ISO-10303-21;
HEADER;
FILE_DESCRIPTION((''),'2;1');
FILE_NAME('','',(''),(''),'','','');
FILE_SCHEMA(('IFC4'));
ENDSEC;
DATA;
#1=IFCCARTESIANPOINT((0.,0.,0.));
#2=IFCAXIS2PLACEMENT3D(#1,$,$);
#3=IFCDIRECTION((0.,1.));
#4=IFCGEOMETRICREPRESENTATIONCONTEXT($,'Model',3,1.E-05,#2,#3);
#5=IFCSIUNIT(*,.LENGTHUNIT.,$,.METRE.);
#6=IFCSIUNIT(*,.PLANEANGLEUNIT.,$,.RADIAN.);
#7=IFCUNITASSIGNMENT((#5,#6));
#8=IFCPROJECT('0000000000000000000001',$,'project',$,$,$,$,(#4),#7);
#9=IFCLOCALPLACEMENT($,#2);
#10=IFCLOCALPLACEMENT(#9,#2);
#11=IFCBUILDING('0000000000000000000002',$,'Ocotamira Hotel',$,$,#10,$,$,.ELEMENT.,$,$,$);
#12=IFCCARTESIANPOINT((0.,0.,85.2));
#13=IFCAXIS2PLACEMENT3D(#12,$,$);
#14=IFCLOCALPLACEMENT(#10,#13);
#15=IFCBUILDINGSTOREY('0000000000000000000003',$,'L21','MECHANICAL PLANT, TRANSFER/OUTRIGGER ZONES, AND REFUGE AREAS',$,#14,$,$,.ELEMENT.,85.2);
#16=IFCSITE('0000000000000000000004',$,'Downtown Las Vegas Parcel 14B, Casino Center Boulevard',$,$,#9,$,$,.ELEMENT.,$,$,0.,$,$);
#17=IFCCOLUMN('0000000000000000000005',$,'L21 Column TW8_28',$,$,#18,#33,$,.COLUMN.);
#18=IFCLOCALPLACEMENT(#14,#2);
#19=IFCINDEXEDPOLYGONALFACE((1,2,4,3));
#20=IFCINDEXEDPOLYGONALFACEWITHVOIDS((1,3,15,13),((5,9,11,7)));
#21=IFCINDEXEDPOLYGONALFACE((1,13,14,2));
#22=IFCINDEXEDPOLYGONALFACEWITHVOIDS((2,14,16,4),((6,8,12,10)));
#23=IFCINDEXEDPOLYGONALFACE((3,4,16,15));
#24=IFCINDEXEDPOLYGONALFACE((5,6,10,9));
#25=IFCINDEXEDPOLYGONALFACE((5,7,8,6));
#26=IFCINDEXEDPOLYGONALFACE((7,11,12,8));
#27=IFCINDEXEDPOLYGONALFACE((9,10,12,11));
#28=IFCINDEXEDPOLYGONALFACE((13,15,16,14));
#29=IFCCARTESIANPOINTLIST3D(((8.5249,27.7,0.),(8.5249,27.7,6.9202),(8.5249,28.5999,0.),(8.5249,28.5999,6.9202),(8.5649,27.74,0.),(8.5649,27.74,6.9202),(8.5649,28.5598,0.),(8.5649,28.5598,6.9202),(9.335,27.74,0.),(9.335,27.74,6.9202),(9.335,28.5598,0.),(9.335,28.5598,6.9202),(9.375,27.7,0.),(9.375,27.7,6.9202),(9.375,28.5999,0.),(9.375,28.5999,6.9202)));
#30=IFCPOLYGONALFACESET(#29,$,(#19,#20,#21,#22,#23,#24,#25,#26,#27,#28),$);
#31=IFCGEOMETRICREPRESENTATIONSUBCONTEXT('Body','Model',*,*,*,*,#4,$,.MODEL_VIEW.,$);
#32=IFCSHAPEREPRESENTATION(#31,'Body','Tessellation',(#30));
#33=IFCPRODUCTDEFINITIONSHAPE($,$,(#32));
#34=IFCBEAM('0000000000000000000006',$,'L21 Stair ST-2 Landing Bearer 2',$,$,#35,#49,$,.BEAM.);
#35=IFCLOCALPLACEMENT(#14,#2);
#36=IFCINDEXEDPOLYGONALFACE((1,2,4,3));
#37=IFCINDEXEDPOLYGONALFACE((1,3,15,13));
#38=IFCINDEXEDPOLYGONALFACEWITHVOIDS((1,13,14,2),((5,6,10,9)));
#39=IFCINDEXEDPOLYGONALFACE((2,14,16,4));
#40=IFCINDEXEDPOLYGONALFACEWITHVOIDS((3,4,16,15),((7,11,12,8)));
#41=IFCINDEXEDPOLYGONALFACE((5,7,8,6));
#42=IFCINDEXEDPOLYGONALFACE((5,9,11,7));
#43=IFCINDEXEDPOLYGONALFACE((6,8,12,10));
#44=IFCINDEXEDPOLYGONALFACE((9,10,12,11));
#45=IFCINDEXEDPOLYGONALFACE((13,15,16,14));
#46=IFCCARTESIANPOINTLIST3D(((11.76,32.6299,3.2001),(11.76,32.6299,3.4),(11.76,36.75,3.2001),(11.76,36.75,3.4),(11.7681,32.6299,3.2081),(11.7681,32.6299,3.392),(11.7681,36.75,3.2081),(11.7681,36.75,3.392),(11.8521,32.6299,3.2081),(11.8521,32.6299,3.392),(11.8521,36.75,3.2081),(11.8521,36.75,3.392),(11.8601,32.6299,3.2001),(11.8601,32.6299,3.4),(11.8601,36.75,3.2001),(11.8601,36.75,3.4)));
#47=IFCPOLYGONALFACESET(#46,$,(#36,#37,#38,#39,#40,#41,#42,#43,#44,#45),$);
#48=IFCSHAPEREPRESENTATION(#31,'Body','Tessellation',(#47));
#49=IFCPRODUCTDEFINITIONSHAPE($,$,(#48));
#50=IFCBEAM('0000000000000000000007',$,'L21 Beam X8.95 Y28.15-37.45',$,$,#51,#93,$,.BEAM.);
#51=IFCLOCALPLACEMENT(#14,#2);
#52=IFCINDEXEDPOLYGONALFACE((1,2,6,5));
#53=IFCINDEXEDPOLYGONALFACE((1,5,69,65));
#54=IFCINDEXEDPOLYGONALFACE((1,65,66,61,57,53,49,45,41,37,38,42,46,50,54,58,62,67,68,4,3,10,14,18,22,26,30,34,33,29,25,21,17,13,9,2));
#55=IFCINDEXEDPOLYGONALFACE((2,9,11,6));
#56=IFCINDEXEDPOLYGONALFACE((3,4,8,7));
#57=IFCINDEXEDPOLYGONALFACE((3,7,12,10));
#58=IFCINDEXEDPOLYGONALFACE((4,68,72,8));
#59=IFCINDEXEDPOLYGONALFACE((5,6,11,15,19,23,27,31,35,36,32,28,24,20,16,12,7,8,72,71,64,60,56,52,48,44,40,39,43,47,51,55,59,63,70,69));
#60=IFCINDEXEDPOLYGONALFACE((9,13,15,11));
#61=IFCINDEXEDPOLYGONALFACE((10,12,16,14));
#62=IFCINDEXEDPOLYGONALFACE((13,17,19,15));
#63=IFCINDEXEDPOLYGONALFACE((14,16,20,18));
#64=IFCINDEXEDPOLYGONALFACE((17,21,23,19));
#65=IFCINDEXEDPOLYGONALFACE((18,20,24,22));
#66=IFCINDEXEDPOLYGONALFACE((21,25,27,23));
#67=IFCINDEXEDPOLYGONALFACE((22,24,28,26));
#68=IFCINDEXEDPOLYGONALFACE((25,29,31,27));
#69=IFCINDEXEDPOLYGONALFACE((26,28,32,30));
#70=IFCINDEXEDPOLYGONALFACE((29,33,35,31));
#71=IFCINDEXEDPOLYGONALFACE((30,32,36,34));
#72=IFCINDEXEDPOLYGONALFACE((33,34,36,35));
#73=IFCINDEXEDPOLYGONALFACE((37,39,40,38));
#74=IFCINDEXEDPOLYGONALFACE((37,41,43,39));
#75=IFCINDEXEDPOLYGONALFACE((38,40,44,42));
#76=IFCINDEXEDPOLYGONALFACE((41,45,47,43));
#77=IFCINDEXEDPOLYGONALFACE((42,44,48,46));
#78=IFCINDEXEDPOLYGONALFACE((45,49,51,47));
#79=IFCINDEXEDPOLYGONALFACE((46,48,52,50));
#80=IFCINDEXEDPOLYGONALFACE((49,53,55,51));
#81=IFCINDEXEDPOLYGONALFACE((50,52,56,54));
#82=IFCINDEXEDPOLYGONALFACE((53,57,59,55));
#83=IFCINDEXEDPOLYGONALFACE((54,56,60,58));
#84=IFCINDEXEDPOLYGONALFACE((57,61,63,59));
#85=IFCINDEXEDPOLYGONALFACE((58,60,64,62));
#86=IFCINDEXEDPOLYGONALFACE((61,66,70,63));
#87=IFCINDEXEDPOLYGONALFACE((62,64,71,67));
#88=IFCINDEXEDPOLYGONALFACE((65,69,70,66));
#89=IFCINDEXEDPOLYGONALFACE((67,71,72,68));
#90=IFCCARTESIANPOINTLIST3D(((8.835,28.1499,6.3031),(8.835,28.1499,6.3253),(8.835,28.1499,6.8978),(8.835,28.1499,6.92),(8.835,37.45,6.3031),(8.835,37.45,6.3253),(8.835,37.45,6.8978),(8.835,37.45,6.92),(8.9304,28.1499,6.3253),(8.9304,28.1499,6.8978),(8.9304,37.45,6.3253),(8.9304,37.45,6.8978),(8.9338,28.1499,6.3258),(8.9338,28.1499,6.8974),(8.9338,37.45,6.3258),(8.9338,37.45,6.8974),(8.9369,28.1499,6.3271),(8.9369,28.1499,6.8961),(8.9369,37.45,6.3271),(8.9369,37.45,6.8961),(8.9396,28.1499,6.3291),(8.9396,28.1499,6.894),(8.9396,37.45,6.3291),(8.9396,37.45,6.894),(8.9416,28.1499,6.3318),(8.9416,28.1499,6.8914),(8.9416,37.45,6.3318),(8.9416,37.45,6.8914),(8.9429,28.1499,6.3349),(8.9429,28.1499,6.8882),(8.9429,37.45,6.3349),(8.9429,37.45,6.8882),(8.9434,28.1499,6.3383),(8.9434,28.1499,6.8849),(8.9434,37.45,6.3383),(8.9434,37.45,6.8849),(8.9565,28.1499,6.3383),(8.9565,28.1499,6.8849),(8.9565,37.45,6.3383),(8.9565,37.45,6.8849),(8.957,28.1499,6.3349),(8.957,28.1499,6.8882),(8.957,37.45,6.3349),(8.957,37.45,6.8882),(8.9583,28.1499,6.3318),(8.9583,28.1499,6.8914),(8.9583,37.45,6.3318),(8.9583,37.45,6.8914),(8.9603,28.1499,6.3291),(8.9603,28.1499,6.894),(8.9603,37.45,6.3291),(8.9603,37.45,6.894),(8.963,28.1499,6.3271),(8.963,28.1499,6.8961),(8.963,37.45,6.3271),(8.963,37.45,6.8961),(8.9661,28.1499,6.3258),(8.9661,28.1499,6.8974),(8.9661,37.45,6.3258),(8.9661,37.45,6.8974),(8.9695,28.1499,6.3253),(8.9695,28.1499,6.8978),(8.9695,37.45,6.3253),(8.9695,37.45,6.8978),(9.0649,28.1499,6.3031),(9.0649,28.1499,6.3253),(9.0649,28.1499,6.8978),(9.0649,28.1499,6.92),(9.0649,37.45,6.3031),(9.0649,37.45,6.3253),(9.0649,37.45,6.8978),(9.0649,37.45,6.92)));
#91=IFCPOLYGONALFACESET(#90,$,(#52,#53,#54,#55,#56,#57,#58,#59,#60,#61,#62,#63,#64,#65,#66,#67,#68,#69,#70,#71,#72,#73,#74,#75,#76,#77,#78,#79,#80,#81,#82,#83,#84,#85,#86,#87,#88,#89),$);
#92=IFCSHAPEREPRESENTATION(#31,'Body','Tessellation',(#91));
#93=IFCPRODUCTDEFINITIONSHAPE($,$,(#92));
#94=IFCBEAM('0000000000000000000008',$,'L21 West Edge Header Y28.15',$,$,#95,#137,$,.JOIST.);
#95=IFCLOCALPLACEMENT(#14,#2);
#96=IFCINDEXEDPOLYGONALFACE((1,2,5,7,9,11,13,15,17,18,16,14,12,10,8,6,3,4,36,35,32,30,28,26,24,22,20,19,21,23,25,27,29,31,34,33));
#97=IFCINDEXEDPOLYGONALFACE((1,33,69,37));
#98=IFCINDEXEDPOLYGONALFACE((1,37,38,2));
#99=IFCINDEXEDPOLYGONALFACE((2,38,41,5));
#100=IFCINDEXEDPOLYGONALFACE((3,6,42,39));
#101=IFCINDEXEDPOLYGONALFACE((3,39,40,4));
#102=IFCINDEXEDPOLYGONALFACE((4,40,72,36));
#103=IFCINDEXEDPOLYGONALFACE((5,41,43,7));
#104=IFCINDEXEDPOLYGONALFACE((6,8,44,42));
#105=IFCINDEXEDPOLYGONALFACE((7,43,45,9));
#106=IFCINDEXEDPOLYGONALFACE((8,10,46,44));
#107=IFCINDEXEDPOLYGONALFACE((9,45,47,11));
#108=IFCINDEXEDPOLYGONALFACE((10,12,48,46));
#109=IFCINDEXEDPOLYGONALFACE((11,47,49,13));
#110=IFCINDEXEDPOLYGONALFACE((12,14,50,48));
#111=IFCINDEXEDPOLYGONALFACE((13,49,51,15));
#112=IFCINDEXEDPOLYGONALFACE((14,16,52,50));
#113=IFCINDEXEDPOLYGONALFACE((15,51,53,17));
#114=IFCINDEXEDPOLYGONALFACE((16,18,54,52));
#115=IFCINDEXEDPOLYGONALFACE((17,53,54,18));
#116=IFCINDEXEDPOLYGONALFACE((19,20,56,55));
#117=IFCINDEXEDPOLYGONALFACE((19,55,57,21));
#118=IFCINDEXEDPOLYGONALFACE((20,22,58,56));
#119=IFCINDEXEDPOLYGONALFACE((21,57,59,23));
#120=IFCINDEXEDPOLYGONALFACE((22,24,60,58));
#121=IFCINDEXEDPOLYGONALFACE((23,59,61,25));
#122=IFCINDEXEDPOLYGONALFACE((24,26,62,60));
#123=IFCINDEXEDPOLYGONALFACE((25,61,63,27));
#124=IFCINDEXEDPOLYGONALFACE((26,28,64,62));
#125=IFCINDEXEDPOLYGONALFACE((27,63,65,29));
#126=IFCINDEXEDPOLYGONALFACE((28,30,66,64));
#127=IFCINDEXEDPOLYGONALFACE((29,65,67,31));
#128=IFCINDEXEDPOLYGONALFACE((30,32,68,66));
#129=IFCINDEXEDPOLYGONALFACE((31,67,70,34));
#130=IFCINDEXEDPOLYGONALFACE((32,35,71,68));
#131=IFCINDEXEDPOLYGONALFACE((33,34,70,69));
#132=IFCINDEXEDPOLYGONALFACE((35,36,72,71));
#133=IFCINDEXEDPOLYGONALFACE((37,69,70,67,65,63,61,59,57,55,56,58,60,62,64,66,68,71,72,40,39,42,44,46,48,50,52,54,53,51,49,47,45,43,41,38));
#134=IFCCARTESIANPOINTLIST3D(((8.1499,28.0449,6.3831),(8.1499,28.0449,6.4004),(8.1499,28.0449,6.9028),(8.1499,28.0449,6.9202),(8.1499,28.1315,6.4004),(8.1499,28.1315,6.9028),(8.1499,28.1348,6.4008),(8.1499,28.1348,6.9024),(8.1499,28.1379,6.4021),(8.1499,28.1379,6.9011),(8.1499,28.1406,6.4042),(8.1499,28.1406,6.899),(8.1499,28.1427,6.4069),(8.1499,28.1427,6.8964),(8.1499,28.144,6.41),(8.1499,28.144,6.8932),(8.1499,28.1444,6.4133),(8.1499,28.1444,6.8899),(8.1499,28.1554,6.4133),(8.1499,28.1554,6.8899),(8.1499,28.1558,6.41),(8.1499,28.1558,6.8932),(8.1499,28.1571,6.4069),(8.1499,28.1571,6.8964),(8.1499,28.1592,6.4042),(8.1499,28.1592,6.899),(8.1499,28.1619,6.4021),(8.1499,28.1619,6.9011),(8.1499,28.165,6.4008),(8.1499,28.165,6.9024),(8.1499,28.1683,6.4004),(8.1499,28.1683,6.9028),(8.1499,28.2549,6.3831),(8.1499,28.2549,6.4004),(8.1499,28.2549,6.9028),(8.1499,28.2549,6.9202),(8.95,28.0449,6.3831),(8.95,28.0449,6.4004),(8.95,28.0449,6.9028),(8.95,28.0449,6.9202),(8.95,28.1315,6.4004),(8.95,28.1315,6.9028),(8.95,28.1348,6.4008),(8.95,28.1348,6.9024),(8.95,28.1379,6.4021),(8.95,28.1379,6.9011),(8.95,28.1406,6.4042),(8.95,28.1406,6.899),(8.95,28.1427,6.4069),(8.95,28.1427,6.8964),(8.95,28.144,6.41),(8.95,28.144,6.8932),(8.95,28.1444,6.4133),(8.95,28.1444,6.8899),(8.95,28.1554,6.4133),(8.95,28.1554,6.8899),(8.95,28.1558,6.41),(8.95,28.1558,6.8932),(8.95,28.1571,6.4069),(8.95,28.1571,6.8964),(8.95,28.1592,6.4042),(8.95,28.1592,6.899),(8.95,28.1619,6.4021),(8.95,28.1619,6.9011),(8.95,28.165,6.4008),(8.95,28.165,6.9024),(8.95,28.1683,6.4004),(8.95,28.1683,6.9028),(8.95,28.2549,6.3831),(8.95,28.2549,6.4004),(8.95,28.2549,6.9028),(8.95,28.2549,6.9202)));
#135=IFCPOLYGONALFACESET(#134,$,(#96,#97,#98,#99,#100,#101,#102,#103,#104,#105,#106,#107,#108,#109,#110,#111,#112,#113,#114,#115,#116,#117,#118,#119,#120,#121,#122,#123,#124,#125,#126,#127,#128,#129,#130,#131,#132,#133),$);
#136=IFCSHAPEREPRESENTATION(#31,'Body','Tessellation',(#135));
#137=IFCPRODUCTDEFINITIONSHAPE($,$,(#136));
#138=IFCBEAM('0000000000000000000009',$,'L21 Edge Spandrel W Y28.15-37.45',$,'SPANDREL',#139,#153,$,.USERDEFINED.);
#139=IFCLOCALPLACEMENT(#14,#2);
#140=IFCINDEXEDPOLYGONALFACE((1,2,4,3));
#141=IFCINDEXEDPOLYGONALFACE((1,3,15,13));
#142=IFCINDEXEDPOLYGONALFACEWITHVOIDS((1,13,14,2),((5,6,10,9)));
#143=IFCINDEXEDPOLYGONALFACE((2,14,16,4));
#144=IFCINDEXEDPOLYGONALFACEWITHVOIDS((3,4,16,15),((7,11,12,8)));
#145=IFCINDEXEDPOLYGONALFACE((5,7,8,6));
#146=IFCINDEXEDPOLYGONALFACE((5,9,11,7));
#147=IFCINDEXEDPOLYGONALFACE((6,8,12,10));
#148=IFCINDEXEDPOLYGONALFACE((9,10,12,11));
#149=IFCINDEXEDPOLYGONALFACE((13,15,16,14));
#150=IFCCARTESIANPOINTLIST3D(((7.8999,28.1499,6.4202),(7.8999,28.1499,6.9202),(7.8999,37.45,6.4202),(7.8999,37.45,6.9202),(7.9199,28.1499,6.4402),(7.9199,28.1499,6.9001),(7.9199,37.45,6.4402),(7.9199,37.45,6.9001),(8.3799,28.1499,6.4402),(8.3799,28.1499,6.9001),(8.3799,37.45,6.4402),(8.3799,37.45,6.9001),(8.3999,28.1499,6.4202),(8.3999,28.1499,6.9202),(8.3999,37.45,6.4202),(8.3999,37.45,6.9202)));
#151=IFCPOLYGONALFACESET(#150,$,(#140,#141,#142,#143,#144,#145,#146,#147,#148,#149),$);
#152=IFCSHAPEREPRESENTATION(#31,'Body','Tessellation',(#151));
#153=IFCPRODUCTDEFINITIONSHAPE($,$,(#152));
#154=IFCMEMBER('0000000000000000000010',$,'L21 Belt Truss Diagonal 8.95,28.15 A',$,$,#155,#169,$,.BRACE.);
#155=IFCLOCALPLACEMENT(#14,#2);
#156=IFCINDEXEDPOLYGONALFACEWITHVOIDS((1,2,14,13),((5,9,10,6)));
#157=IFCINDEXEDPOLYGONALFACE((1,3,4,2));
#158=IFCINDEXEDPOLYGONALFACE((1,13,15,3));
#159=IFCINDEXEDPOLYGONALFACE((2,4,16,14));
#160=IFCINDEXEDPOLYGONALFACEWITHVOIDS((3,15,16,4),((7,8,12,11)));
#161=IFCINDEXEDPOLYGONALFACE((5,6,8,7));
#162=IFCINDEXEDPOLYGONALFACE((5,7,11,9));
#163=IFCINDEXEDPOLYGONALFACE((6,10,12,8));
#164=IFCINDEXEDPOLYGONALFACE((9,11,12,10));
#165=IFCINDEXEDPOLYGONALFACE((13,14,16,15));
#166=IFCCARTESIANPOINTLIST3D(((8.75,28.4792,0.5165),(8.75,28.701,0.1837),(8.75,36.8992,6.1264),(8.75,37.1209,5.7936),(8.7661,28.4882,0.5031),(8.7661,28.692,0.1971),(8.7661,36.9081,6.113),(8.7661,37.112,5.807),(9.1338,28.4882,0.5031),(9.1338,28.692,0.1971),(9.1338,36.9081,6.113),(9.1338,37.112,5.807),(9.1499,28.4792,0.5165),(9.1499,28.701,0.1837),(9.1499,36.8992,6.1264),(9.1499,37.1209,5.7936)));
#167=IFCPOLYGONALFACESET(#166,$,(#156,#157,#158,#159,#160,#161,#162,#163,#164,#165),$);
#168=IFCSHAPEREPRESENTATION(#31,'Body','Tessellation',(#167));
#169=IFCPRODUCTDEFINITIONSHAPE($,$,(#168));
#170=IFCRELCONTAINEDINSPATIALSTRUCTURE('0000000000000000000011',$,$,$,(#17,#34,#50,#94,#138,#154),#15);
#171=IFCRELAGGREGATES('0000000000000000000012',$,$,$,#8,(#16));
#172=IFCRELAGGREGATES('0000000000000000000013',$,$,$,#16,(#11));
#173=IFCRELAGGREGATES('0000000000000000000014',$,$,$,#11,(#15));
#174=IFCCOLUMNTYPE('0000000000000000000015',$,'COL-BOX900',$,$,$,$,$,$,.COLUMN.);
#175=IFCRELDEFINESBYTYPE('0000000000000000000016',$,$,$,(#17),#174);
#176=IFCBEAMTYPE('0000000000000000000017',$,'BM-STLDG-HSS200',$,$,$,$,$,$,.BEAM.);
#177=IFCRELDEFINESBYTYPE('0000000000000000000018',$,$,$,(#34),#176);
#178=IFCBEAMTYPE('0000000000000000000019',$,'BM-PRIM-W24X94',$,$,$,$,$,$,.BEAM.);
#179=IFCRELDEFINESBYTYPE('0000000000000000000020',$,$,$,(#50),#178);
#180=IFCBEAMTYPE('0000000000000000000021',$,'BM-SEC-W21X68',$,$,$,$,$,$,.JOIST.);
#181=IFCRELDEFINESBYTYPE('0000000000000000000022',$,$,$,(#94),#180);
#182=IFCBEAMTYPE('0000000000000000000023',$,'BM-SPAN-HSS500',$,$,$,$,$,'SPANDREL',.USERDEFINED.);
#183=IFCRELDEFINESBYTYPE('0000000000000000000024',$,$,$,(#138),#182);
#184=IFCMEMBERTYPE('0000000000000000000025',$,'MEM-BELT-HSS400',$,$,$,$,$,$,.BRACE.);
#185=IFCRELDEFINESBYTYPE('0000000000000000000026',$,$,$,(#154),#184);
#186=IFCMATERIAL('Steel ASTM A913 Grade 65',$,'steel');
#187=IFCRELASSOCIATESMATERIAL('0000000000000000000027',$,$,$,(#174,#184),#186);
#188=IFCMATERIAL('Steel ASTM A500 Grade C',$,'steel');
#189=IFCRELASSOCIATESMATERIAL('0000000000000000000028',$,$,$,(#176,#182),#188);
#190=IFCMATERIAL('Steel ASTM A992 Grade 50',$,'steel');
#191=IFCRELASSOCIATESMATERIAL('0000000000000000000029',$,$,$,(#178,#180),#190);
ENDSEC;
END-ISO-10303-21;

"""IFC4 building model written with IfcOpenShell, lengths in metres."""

from ifc_helpers import new_model, si_unit, direction, frame, origin, origin_2d, place, context, subcontext, project, spatial, hollow_rectangle, i_section, extrude, source, transform, mapped, material, material_profile, profile_set, type_object, element, save


model = new_model("IFC4")

# Units and contexts
model_context = context("Model", 3, precision=1e-05, world=origin(), true_north=direction((0.0, 1.0)))
body_context = subcontext(model_context, "Body", "Model", "MODEL_VIEW")
ifc_project = project(units=[si_unit("LENGTHUNIT", "METRE"), si_unit("PLANEANGLEUNIT", "RADIAN")], contexts=[model_context])

# Site, building, storey
site_placement = place(None, origin())
site = spatial("IfcSite", under=ifc_project, at=site_placement, Name="Downtown Las Vegas Parcel 14B, Casino Center Boulevard", CompositionType="ELEMENT", RefElevation=0.0)
building_placement = place(site_placement, origin())
building = spatial("IfcBuilding", under=site, at=building_placement, Name="Ocotamira Hotel", CompositionType="ELEMENT")
storey_placement = place(building_placement, frame((0.0, 0.0, 85.2)))
storey = spatial("IfcBuildingStorey", under=building, at=storey_placement, Name="L21", Description="MECHANICAL PLANT, TRANSFER/OUTRIGGER ZONES, AND REFUGE AREAS", CompositionType="ELEMENT", Elevation=85.2)

# Column
ifc_material_1 = material(Name="Steel ASTM A913 Grade 65", Category="steel")
ifc_material_profile_1 = material_profile(ifc_material_1, hollow_rectangle(XDim=0.8501, YDim=0.8999, WallThickness=0.04, at=origin_2d()), Name="BOX900X850X40")
ifc_profile_set_1 = profile_set([ifc_material_profile_1], Name="Steel ASTM A913 Grade 65")
column_type = type_object("IfcColumnType", Name="COL-BOX900", PredefinedType="COLUMN", material=ifc_profile_set_1)
shared_shape_1 = source(origin(), body_context, "Body", "SweptSolid", [
    extrude(hollow_rectangle(XDim=0.8501, YDim=0.8999, WallThickness=0.04, at=origin_2d()), origin(), (0.0, 0.0, 1.0), 6.9202),
])
column_placement = place(storey_placement, frame((8.95, 28.1499, 0.0), z_axis=(0.0, 0.0, 1.0), x_axis=(1.0, 0.0, 0.0)))
element("IfcColumn", 1, at=column_placement, inside=storey, type_object=column_type, Name="L21 Column TW8_28", PredefinedType="COLUMN", context=body_context, shape_type="MappedRepresentation", body=[
    mapped(shared_shape_1, transform((0.0, 0.0, 0.0), scale=1.0)),
])

# Beams
ifc_material_2 = material(Name="Steel ASTM A500 Grade C", Category="steel")
ifc_material_profile_2 = material_profile(ifc_material_2, hollow_rectangle(XDim=0.1001, YDim=0.2, WallThickness=0.0081, at=origin_2d()), Name="HSS200X100X8")
ifc_profile_set_2 = profile_set([ifc_material_profile_2], Name="Steel ASTM A500 Grade C")
beam_type_1 = type_object("IfcBeamType", Name="BM-STLDG-HSS200", PredefinedType="BEAM", material=ifc_profile_set_2)
shared_shape_2 = source(origin(), body_context, "Body", "SweptSolid", [
    extrude(hollow_rectangle(XDim=0.1001, YDim=0.2, WallThickness=0.0081, at=origin_2d()), origin(), (0.0, 0.0, 1.0), 4.1201),
])
beam_1_placement = place(storey_placement, frame((11.8101, 32.6299, 3.3), z_axis=(0.0, 1.0, 0.0), x_axis=(-1.0, 0.0, 0.0)))
element("IfcBeam", 2, at=beam_1_placement, inside=storey, type_object=beam_type_1, Name="L21 Stair ST-2 Landing Bearer 2", PredefinedType="BEAM", context=body_context, shape_type="MappedRepresentation", body=[
    mapped(shared_shape_2, transform((0.0, 0.0, 0.0), scale=1.0)),
])
ifc_material_3 = material(Name="Steel ASTM A992 Grade 50", Category="steel")
ifc_material_profile_3 = material_profile(ifc_material_3, i_section(OverallWidth=0.23, OverallDepth=0.6169, WebThickness=0.0132, FlangeThickness=0.0222, FilletRadius=0.0129, at=origin_2d()), Name="W24X94")
ifc_profile_set_3 = profile_set([ifc_material_profile_3], Name="Steel ASTM A992 Grade 50")
beam_type_2 = type_object("IfcBeamType", Name="BM-PRIM-W24X94", PredefinedType="BEAM", material=ifc_profile_set_3)
shared_shape_3 = source(origin(), body_context, "Body", "SweptSolid", [
    extrude(i_section(OverallWidth=0.23, OverallDepth=0.6169, WebThickness=0.0132, FlangeThickness=0.0222, FilletRadius=0.0129, at=origin_2d()), origin(), (0.0, 0.0, 1.0), 9.3),
])
beam_2_placement = place(storey_placement, frame((8.95, 28.1499, 6.6116), z_axis=(0.0, 1.0, 0.0), x_axis=(-1.0, 0.0, 0.0)))
element("IfcBeam", 3, at=beam_2_placement, inside=storey, type_object=beam_type_2, Name="L21 Beam X8.95 Y28.15-37.45", PredefinedType="BEAM", context=body_context, shape_type="MappedRepresentation", body=[
    mapped(shared_shape_3, transform((0.0, 0.0, 0.0), scale=1.0)),
])
ifc_material_profile_4 = material_profile(ifc_material_3, i_section(OverallWidth=0.21, OverallDepth=0.5371, WebThickness=0.011, FlangeThickness=0.0173, FilletRadius=0.0129, at=origin_2d()), Name="W21X68")
ifc_profile_set_4 = profile_set([ifc_material_profile_4], Name="Steel ASTM A992 Grade 50")
beam_type_3 = type_object("IfcBeamType", Name="BM-SEC-W21X68", PredefinedType="JOIST", material=ifc_profile_set_4)
shared_shape_4 = source(origin(), body_context, "Body", "SweptSolid", [
    extrude(i_section(OverallWidth=0.21, OverallDepth=0.5371, WebThickness=0.011, FlangeThickness=0.0173, FilletRadius=0.0129, at=origin_2d()), origin(), (0.0, 0.0, 1.0), 0.8),
])
beam_3_placement = place(storey_placement, frame((8.95, 28.1499, 6.6516), z_axis=(-1.0, 0.0, 0.0), x_axis=(0.0, -1.0, 0.0)))
element("IfcBeam", 4, at=beam_3_placement, inside=storey, type_object=beam_type_3, Name="L21 West Edge Header Y28.15", PredefinedType="JOIST", context=body_context, shape_type="MappedRepresentation", body=[
    mapped(shared_shape_4, transform((0.0, 0.0, 0.0), scale=1.0)),
])
ifc_material_profile_5 = material_profile(ifc_material_2, hollow_rectangle(XDim=0.5, YDim=0.5, WallThickness=0.02, at=origin_2d()), Name="HSS500X500X20")
ifc_profile_set_5 = profile_set([ifc_material_profile_5], Name="Steel ASTM A500 Grade C")
beam_type_4 = type_object("IfcBeamType", Name="BM-SPAN-HSS500", ElementType="SPANDREL", PredefinedType="USERDEFINED", material=ifc_profile_set_5)
shared_shape_5 = source(origin(), body_context, "Body", "SweptSolid", [
    extrude(hollow_rectangle(XDim=0.5, YDim=0.5, WallThickness=0.02, at=origin_2d()), origin(), (0.0, 0.0, 1.0), 9.3),
])
beam_4_placement = place(storey_placement, frame((8.1499, 28.1499, 6.6702), z_axis=(0.0, 1.0, 0.0), x_axis=(-1.0, 0.0, 0.0)))
element("IfcBeam", 5, at=beam_4_placement, inside=storey, type_object=beam_type_4, Name="L21 Edge Spandrel W Y28.15-37.45", ObjectType="SPANDREL", PredefinedType="USERDEFINED", context=body_context, shape_type="MappedRepresentation", body=[
    mapped(shared_shape_5, transform((0.0, 0.0, 0.0), scale=1.0)),
])

# Member
ifc_material_profile_6 = material_profile(ifc_material_1, hollow_rectangle(XDim=0.3999, YDim=0.3999, WallThickness=0.0161, at=origin_2d()), Name="HSS400X400X16")
ifc_profile_set_6 = profile_set([ifc_material_profile_6], Name="Steel ASTM A913 Grade 65")
member_type_1 = type_object("IfcMemberType", Name="MEM-BELT-HSS400", PredefinedType="BRACE", material=ifc_profile_set_6)
shared_shape_6 = source(origin(), body_context, "Body", "SweptSolid", [
    extrude(hollow_rectangle(XDim=0.3999, YDim=0.3999, WallThickness=0.0161, at=origin_2d()), origin(), (0.0, 0.0, 1.0), 10.1177),
])
member_1_placement = place(storey_placement, frame((8.95, 28.5901, 0.3501), z_axis=(0.0, 0.832206, 0.554466), x_axis=(-1.0, 0.0, 0.0)))
element("IfcMember", 6, at=member_1_placement, inside=storey, type_object=member_type_1, Name="L21 Belt Truss Diagonal 8.95,28.15 A", PredefinedType="BRACE", context=body_context, shape_type="MappedRepresentation", body=[
    mapped(shared_shape_6, transform((0.0, 0.0, 0.0), scale=1.0)),
])

save(model, "model.ifc")
